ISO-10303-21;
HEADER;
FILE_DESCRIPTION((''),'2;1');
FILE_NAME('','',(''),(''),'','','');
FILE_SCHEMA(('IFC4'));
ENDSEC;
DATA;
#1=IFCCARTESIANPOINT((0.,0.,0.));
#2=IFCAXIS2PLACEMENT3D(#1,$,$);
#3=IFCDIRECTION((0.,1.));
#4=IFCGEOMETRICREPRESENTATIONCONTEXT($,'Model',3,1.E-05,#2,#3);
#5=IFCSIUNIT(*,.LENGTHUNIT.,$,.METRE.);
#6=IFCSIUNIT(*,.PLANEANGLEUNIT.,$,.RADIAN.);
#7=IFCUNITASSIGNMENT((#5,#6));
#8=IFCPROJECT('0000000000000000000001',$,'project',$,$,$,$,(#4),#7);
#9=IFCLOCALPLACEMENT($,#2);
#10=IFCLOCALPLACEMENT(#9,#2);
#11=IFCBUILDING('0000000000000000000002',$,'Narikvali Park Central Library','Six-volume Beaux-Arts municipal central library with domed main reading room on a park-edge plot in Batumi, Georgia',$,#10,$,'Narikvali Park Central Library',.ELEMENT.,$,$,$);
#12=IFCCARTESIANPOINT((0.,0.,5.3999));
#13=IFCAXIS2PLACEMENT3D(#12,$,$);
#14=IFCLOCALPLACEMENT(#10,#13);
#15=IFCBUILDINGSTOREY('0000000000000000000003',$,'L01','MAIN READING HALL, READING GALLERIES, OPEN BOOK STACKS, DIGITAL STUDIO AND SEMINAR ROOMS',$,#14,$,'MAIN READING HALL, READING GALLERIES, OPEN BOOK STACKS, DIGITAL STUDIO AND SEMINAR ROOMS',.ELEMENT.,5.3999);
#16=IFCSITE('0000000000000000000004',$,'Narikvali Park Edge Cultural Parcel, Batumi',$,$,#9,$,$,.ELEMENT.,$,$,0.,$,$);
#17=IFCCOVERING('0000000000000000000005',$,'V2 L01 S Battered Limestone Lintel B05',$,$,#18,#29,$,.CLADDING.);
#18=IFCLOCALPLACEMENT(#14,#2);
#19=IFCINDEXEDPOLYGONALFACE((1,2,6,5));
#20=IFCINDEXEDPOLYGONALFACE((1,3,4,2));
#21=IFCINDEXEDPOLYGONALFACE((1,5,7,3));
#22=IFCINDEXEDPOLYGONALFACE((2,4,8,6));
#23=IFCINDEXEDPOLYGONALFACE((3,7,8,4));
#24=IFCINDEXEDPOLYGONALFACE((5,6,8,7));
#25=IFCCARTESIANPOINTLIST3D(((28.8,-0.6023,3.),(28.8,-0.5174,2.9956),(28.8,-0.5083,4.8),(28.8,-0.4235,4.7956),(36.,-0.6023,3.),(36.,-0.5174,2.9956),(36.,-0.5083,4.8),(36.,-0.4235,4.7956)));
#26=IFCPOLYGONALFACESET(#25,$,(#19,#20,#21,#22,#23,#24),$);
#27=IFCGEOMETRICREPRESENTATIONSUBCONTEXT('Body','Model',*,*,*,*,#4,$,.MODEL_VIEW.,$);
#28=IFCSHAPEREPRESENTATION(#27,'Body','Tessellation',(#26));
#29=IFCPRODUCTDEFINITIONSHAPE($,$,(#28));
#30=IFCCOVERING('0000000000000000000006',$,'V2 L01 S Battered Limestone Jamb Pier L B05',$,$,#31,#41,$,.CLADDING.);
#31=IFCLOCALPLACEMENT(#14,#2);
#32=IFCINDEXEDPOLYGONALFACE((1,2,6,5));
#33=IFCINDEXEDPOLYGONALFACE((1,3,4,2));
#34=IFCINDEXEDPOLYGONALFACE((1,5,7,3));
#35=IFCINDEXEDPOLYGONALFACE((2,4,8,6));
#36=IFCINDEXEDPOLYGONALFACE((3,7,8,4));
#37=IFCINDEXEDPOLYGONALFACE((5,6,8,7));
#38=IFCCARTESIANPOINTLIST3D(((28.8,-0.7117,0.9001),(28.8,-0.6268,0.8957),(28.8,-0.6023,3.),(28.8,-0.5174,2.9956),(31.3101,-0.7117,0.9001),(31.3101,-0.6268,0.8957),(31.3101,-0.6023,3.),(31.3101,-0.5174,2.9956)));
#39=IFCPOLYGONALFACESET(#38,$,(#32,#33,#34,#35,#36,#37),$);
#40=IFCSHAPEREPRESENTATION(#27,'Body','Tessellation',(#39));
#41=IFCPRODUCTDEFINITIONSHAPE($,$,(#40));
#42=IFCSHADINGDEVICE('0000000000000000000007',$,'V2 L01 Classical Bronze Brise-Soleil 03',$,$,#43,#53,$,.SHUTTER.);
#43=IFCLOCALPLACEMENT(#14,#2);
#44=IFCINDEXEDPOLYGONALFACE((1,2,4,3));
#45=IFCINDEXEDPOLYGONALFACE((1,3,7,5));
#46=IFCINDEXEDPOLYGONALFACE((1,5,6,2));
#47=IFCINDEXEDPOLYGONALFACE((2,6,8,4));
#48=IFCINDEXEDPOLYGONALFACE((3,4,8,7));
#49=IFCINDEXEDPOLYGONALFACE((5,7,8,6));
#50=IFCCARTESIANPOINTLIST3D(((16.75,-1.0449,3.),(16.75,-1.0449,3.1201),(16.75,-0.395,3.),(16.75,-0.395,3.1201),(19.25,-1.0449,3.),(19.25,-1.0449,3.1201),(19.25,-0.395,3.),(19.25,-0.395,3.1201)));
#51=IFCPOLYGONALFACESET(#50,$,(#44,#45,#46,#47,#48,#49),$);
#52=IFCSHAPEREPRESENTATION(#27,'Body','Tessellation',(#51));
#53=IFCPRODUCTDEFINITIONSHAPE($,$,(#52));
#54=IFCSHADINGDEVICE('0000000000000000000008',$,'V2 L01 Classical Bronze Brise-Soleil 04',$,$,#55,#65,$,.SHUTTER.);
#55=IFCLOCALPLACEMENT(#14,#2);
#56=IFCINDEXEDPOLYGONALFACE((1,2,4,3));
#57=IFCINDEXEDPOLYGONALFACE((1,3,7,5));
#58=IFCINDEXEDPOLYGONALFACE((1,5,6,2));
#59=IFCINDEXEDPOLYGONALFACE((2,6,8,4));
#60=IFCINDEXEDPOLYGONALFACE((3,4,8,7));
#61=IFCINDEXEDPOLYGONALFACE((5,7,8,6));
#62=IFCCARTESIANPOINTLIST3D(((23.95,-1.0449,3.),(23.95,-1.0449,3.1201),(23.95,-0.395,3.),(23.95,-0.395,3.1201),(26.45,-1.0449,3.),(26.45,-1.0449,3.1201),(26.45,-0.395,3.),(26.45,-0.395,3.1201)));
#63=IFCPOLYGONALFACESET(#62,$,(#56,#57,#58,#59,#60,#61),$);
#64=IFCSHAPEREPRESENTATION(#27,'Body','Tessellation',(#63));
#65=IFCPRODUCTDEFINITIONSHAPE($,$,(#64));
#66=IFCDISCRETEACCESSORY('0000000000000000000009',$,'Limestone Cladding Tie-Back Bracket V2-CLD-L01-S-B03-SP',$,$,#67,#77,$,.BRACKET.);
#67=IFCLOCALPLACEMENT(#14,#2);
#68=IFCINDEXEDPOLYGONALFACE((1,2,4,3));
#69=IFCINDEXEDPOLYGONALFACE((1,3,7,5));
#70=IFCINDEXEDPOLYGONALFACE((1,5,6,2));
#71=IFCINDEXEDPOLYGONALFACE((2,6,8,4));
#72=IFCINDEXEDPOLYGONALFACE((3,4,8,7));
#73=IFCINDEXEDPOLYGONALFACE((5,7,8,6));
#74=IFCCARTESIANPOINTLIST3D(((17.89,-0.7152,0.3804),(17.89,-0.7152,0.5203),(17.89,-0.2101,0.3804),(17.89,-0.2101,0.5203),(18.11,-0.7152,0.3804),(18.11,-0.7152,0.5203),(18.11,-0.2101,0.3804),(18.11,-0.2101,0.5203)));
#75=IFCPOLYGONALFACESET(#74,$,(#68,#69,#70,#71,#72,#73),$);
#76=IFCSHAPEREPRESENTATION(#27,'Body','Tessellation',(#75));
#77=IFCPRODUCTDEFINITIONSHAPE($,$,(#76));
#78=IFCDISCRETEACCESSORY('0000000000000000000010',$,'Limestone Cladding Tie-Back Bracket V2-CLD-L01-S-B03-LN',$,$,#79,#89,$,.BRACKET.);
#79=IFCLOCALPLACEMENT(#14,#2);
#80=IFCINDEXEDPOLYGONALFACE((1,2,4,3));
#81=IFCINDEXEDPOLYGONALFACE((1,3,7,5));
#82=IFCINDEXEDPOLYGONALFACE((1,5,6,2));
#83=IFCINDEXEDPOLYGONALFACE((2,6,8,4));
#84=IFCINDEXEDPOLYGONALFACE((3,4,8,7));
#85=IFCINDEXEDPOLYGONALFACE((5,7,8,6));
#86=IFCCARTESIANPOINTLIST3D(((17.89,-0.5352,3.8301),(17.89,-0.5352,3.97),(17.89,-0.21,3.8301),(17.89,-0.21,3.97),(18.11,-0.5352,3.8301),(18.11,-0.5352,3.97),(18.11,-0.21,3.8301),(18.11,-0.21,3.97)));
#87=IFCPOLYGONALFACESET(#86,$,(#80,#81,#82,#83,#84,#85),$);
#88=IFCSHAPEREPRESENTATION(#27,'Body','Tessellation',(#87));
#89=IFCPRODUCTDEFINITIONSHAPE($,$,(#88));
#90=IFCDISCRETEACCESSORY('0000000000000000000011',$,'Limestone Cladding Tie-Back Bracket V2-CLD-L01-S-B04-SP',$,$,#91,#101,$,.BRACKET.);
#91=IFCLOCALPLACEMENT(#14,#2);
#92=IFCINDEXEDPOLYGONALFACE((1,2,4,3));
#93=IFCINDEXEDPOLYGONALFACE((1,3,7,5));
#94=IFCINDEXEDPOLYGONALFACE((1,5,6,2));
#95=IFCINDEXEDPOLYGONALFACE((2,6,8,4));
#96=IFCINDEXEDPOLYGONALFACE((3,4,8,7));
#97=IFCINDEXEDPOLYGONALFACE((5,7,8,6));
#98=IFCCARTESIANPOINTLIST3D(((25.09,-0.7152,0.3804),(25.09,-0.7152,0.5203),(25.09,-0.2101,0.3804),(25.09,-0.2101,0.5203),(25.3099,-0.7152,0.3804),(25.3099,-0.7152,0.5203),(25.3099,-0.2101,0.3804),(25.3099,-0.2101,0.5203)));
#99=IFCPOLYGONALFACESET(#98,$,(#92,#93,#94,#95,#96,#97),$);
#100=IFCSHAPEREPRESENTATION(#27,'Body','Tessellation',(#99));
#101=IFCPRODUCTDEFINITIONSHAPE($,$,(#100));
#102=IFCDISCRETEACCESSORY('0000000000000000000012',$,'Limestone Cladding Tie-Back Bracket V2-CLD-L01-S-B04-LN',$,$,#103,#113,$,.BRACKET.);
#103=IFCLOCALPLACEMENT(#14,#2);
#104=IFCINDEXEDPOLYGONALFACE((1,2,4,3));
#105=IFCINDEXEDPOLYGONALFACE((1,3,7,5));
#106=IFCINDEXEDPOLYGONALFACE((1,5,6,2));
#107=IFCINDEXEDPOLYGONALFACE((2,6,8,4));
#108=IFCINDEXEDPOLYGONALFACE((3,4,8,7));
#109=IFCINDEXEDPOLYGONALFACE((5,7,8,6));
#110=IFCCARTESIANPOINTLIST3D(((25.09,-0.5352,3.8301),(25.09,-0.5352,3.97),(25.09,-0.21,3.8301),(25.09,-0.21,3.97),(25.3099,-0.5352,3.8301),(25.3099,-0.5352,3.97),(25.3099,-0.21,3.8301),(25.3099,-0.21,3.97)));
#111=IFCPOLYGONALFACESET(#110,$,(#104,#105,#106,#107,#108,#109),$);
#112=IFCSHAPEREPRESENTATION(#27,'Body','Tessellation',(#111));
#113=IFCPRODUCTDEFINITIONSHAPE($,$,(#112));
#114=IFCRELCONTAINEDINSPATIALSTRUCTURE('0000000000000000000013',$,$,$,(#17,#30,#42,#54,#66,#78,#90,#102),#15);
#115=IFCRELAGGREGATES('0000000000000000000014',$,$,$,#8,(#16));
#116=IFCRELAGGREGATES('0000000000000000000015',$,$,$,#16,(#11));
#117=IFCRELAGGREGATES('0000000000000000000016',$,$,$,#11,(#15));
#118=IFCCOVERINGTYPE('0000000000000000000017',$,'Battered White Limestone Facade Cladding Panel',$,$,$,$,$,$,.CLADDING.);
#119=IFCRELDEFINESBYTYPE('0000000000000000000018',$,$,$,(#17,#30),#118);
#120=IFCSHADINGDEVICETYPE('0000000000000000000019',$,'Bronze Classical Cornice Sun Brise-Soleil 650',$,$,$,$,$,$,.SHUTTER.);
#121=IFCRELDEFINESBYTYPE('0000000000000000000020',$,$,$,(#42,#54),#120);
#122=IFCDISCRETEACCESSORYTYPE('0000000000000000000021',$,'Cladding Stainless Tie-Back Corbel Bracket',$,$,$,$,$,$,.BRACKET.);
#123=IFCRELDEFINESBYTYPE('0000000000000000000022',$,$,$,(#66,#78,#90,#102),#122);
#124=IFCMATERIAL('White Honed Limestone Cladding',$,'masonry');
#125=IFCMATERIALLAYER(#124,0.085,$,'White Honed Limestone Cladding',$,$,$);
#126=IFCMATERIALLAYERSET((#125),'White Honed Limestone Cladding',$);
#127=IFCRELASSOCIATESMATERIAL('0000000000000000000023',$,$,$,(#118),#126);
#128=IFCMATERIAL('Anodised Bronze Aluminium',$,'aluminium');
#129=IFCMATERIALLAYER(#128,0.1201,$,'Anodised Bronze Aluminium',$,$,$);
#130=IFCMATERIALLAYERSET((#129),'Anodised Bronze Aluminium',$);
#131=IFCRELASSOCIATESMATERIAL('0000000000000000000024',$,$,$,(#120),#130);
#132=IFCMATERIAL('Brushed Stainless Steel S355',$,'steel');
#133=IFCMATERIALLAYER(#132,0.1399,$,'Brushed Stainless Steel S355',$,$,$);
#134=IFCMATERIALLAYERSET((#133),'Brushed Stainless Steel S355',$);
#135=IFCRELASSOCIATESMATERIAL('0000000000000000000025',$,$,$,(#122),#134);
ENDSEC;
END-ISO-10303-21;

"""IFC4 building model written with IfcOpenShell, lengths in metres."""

from ifc_helpers import new_model, si_unit, direction, frame, origin, origin_2d, place, context, subcontext, project, spatial, polyline, rectangle, outline, extrude, material, layer, layer_set, type_object, element, save


model = new_model("IFC4")

# Units and contexts
model_context = context("Model", 3, precision=1e-05, world=origin(), true_north=direction((0.0, 1.0)))
body_context = subcontext(model_context, "Body", "Model", "MODEL_VIEW")
ifc_project = project(units=[si_unit("LENGTHUNIT", "METRE"), si_unit("PLANEANGLEUNIT", "RADIAN")], contexts=[model_context])

# Site, building, storey
site_placement = place(None, origin())
site = spatial("IfcSite", under=ifc_project, at=site_placement, Name="Narikvali Park Edge Cultural Parcel, Batumi", CompositionType="ELEMENT", RefElevation=0.0)
building_placement = place(site_placement, origin())
building = spatial("IfcBuilding", under=site, at=building_placement, Name="Narikvali Park Central Library", Description="Six-volume Beaux-Arts municipal central library with domed main reading room on a park-edge plot in Batumi, Georgia", LongName="Narikvali Park Central Library", CompositionType="ELEMENT")
storey_placement = place(building_placement, frame((0.0, 0.0, 5.3999)))
storey = spatial("IfcBuildingStorey", under=building, at=storey_placement, Name="L01", Description="MAIN READING HALL, READING GALLERIES, OPEN BOOK STACKS, DIGITAL STUDIO AND SEMINAR ROOMS", LongName="MAIN READING HALL, READING GALLERIES, OPEN BOOK STACKS, DIGITAL STUDIO AND SEMINAR ROOMS", CompositionType="ELEMENT", Elevation=5.3999)

# Coverings
ifc_material_1 = material(Name="White Honed Limestone Cladding", Category="masonry")
ifc_layer_1 = layer(ifc_material_1, 0.085, Name="White Honed Limestone Cladding")
ifc_layer_set_1 = layer_set([ifc_layer_1], Name="White Honed Limestone Cladding")
covering_type = type_object("IfcCoveringType", Name="Battered White Limestone Facade Cladding Panel", PredefinedType="CLADDING", material=ifc_layer_set_1)
covering_1_placement = place(storey_placement, frame((28.8, -0.6023, 3.0), z_axis=(0.0, -0.998639, 0.052147), x_axis=(1.0, 0.0, 0.0)))
element("IfcCovering", 1, at=covering_1_placement, inside=storey, type_object=covering_type, Name="V2 L01 S Battered Limestone Lintel B05", PredefinedType="CLADDING", context=body_context, shape_type="SweptSolid", body=[
    extrude(outline(polyline([(0.0, 0.0), (7.2, 0.0), (7.2, 1.8025), (0.0, 1.8025), (0.0, 0.0)])), origin(), (0.0, 0.0, -1.0), 0.085),
])
covering_2_placement = place(storey_placement, frame((28.8, -0.7117, 0.9001), z_axis=(0.0, -0.998646, 0.052016), x_axis=(1.0, 0.0, 0.0)))
element("IfcCovering", 2, at=covering_2_placement, inside=storey, type_object=covering_type, Name="V2 L01 S Battered Limestone Jamb Pier L B05", PredefinedType="CLADDING", context=body_context, shape_type="SweptSolid", body=[
    extrude(outline(polyline([(0.0, 0.0), (2.51, 0.0), (2.51, 2.1027), (0.0, 2.1027), (0.0, 0.0)])), origin(), (0.0, 0.0, -1.0), 0.085),
])

# Shading devices
ifc_material_2 = material(Name="Anodised Bronze Aluminium", Category="aluminium")
ifc_layer_2 = layer(ifc_material_2, 0.1201, Name="Anodised Bronze Aluminium")
ifc_layer_set_2 = layer_set([ifc_layer_2], Name="Anodised Bronze Aluminium")
shading_device_type = type_object("IfcShadingDeviceType", Name="Bronze Classical Cornice Sun Brise-Soleil 650", PredefinedType="SHUTTER", material=ifc_layer_set_2)
for number, where, z_axis, x_axis, name in (
    (3, (18.0, -0.72, 3.0), (0.0, 0.0, 1.0), (1.0, 0.0, 0.0), "V2 L01 Classical Bronze Brise-Soleil 03"),
    (4, (25.2, -0.72, 3.0), (0.0, 0.0, 1.0), (1.0, 0.0, 0.0), "V2 L01 Classical Bronze Brise-Soleil 04"),
):
    element("IfcShadingDevice", number, at=place(storey_placement, frame(where, z_axis=z_axis, x_axis=x_axis)), inside=storey, type_object=shading_device_type, Name=name, PredefinedType="SHUTTER", context=body_context, shape_type="SweptSolid", body=[
        extrude(rectangle(XDim=2.5, YDim=0.6499, at=origin_2d()), origin(), (0.0, 0.0, 1.0), 0.1201),
    ])

# Discrete accessories
ifc_material_3 = material(Name="Brushed Stainless Steel S355", Category="steel")
ifc_layer_3 = layer(ifc_material_3, 0.1399, Name="Brushed Stainless Steel S355")
ifc_layer_set_3 = layer_set([ifc_layer_3], Name="Brushed Stainless Steel S355")
discrete_accessory_type = type_object("IfcDiscreteAccessoryType", Name="Cladding Stainless Tie-Back Corbel Bracket", PredefinedType="BRACKET", material=ifc_layer_set_3)
discrete_accessory_1_placement = place(storey_placement, frame((18.0, -0.4626, 0.3804), z_axis=(0.0, 0.0, 1.0), x_axis=(1.0, 0.0, 0.0)))
element("IfcDiscreteAccessory", 5, at=discrete_accessory_1_placement, inside=storey, type_object=discrete_accessory_type, Name="Limestone Cladding Tie-Back Bracket V2-CLD-L01-S-B03-SP", PredefinedType="BRACKET", context=body_context, shape_type="SweptSolid", body=[
    extrude(rectangle(XDim=0.22, YDim=0.5051, at=origin_2d()), origin(), (0.0, 0.0, 1.0), 0.1399),
])
discrete_accessory_2_placement = place(storey_placement, frame((18.0, -0.3726, 3.8301), z_axis=(0.0, 0.0, 1.0), x_axis=(1.0, 0.0, 0.0)))
element("IfcDiscreteAccessory", 6, at=discrete_accessory_2_placement, inside=storey, type_object=discrete_accessory_type, Name="Limestone Cladding Tie-Back Bracket V2-CLD-L01-S-B03-LN", PredefinedType="BRACKET", context=body_context, shape_type="SweptSolid", body=[
    extrude(rectangle(XDim=0.22, YDim=0.3252, at=origin_2d()), origin(), (0.0, 0.0, 1.0), 0.1399),
])
discrete_accessory_3_placement = place(storey_placement, frame((25.2, -0.4626, 0.3804), z_axis=(0.0, 0.0, 1.0), x_axis=(1.0, 0.0, 0.0)))
element("IfcDiscreteAccessory", 7, at=discrete_accessory_3_placement, inside=storey, type_object=discrete_accessory_type, Name="Limestone Cladding Tie-Back Bracket V2-CLD-L01-S-B04-SP", PredefinedType="BRACKET", context=body_context, shape_type="SweptSolid", body=[
    extrude(rectangle(XDim=0.22, YDim=0.5051, at=origin_2d()), origin(), (0.0, 0.0, 1.0), 0.1399),
])
discrete_accessory_4_placement = place(storey_placement, frame((25.2, -0.3726, 3.8301), z_axis=(0.0, 0.0, 1.0), x_axis=(1.0, 0.0, 0.0)))
element("IfcDiscreteAccessory", 8, at=discrete_accessory_4_placement, inside=storey, type_object=discrete_accessory_type, Name="Limestone Cladding Tie-Back Bracket V2-CLD-L01-S-B04-LN", PredefinedType="BRACKET", context=body_context, shape_type="SweptSolid", body=[
    extrude(rectangle(XDim=0.22, YDim=0.3252, at=origin_2d()), origin(), (0.0, 0.0, 1.0), 0.1399),
])

save(model, "model.ifc")
